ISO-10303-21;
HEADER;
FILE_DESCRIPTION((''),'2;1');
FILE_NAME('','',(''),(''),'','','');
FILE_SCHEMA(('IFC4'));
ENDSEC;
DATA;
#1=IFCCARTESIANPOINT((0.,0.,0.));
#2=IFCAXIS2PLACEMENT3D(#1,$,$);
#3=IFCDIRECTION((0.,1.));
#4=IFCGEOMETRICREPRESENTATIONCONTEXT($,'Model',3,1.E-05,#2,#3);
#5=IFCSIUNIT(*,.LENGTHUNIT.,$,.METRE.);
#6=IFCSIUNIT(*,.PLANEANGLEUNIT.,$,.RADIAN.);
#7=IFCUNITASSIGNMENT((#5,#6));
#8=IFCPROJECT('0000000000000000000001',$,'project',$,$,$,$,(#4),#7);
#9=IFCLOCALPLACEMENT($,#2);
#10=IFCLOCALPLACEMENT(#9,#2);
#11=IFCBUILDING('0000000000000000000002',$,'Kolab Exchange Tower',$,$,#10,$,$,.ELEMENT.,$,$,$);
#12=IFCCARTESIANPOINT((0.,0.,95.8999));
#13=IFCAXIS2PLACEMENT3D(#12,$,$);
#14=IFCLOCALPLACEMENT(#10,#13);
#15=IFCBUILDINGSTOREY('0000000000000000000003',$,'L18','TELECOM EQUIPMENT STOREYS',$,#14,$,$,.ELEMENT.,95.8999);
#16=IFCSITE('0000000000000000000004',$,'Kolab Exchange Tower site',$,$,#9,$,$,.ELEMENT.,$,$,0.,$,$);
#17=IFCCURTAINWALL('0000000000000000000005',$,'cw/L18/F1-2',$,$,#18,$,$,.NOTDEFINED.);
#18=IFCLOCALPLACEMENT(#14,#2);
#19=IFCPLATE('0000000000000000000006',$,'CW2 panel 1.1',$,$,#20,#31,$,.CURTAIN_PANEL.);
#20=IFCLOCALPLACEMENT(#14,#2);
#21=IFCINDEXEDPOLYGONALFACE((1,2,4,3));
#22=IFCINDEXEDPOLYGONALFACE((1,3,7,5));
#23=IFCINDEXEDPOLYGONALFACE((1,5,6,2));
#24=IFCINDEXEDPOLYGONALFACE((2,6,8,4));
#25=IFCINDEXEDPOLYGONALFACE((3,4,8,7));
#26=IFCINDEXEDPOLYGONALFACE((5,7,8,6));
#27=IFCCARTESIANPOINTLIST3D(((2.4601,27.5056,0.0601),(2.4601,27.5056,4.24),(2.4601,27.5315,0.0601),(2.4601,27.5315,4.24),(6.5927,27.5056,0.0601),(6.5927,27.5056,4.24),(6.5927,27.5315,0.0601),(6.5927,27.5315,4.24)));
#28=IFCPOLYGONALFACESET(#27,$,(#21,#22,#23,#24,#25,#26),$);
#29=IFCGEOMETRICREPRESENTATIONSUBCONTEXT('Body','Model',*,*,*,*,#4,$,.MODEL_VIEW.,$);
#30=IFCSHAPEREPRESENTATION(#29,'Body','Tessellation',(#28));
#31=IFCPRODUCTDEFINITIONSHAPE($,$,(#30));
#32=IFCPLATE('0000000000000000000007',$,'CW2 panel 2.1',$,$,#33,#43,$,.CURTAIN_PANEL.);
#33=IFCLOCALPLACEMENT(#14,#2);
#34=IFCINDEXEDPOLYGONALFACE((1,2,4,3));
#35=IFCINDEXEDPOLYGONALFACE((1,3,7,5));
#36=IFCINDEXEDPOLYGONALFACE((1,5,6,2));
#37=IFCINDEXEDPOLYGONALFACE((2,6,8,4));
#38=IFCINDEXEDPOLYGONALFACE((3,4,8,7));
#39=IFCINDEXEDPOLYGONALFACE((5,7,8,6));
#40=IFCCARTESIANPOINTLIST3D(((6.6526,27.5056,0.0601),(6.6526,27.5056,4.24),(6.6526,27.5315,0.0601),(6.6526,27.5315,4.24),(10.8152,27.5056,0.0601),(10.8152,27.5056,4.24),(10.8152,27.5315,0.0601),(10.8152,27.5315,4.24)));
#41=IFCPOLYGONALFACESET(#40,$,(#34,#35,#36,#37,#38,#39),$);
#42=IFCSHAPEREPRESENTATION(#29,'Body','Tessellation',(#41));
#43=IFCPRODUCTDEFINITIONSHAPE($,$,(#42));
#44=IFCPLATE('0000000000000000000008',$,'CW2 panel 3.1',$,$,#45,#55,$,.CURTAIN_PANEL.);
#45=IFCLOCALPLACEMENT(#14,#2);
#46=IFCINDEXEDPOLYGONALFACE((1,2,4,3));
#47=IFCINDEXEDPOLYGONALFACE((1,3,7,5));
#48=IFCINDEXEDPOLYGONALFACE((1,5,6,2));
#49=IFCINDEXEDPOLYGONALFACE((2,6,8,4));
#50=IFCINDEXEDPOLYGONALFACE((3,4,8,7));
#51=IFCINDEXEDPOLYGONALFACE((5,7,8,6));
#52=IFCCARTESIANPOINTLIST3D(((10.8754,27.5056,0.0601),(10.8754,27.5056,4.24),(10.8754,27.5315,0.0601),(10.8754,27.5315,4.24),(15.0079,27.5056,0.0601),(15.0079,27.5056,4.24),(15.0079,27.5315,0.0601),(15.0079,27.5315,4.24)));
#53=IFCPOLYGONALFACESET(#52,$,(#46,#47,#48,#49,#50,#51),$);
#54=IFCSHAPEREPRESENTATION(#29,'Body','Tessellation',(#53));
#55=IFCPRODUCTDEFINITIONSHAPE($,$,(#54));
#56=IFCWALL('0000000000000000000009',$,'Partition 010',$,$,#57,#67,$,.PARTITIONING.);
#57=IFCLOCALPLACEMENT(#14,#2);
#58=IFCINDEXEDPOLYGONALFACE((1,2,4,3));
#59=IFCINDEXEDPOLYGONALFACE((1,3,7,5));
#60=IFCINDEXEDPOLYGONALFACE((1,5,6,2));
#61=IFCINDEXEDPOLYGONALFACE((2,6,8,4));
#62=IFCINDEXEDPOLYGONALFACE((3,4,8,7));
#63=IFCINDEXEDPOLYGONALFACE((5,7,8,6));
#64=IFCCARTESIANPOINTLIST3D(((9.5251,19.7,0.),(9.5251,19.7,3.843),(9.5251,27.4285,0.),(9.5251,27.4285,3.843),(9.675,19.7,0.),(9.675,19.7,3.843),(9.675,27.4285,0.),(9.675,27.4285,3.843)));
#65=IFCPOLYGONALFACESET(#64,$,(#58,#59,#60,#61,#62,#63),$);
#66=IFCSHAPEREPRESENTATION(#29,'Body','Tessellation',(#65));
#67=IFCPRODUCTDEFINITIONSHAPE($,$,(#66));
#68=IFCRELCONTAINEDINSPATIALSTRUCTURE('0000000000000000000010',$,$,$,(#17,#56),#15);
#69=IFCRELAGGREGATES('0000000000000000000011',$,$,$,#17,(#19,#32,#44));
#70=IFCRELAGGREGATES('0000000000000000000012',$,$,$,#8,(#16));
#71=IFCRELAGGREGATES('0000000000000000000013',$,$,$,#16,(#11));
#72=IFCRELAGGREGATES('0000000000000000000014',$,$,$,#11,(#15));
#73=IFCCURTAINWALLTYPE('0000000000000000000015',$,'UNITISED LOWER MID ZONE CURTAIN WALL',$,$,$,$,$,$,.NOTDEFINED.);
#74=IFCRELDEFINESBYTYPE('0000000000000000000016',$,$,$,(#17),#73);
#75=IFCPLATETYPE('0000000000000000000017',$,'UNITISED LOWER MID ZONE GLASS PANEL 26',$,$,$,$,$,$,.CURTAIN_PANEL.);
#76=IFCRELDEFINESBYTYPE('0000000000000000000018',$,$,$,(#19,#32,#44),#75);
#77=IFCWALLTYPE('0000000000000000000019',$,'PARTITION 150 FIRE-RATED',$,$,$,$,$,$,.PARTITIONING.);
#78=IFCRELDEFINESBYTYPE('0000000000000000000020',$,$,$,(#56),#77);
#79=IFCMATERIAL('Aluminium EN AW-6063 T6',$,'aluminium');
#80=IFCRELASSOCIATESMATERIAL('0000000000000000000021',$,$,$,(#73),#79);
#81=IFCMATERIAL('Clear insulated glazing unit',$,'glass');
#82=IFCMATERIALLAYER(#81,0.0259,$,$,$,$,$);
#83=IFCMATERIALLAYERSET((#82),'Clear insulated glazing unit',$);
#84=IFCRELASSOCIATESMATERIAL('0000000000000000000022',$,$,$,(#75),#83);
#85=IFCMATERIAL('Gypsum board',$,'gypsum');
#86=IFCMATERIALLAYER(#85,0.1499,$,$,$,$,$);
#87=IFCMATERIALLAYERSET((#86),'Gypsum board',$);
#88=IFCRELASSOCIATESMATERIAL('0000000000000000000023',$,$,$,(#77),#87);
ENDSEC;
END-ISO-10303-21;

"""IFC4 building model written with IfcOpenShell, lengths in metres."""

from ifc_helpers import new_model, si_unit, direction, frame, frame_2d, origin, origin_2d, place, context, subcontext, project, spatial, rectangle, extrude, material, layer, layer_set, type_object, element, aggregate, save


model = new_model("IFC4")

# Units and contexts
model_context = context("Model", 3, precision=1e-05, world=origin(), true_north=direction((0.0, 1.0)))
body_context = subcontext(model_context, "Body", "Model", "MODEL_VIEW")
ifc_project = project(units=[si_unit("LENGTHUNIT", "METRE"), si_unit("PLANEANGLEUNIT", "RADIAN")], contexts=[model_context])

# Site, building, storey
site_placement = place(None, origin())
site = spatial("IfcSite", under=ifc_project, at=site_placement, Name="Kolab Exchange Tower site", CompositionType="ELEMENT", RefElevation=0.0)
building_placement = place(site_placement, origin())
building = spatial("IfcBuilding", under=site, at=building_placement, Name="Kolab Exchange Tower", CompositionType="ELEMENT")
storey_placement = place(building_placement, frame((0.0, 0.0, 95.8999)))
storey = spatial("IfcBuildingStorey", under=building, at=storey_placement, Name="L18", Description="TELECOM EQUIPMENT STOREYS", CompositionType="ELEMENT", Elevation=95.8999)

# Curtain wall, plates
ifc_material_1 = material(Name="Aluminium EN AW-6063 T6", Category="aluminium")
curtain_wall_type = type_object("IfcCurtainWallType", Name="UNITISED LOWER MID ZONE CURTAIN WALL", PredefinedType="NOTDEFINED", material=ifc_material_1)
curtain_wall_placement = place(storey_placement, origin())
curtain_wall = element("IfcCurtainWall", 1, at=curtain_wall_placement, inside=storey, type_object=curtain_wall_type, Name="cw/L18/F1-2", PredefinedType="NOTDEFINED")
ifc_material_2 = material(Name="Clear insulated glazing unit", Category="glass")
ifc_layer_1 = layer(ifc_material_2, 0.0259)
ifc_layer_set_1 = layer_set([ifc_layer_1], Name="Clear insulated glazing unit")
plate_type = type_object("IfcPlateType", Name="UNITISED LOWER MID ZONE GLASS PANEL 26", PredefinedType="CURTAIN_PANEL", material=ifc_layer_set_1)
plate_1_placement = place(storey_placement, frame((4.5264, 27.5186, 0.0601), z_axis=(0.0, 0.0, 1.0), x_axis=(1.0, 0.0, 0.0)))
plate_1 = element("IfcPlate", 2, at=plate_1_placement, type_object=plate_type, Name="CW2 panel 1.1", PredefinedType="CURTAIN_PANEL", context=body_context, shape_type="SweptSolid", body=[
    extrude(rectangle(XDim=4.1326, YDim=0.0259, at=origin_2d()), origin(), (0.0, 0.0, 1.0), 4.1799),
])
plate_2_placement = place(storey_placement, frame((8.7339, 27.5186, 0.0601), z_axis=(0.0, 0.0, 1.0), x_axis=(1.0, 0.0, 0.0)))
plate_2 = element("IfcPlate", 3, at=plate_2_placement, type_object=plate_type, Name="CW2 panel 2.1", PredefinedType="CURTAIN_PANEL", context=body_context, shape_type="SweptSolid", body=[
    extrude(rectangle(XDim=4.1626, YDim=0.0259, at=origin_2d()), origin(), (0.0, 0.0, 1.0), 4.1799),
])
plate_3_placement = place(storey_placement, frame((12.9417, 27.5186, 0.0601), z_axis=(0.0, 0.0, 1.0), x_axis=(1.0, 0.0, 0.0)))
plate_3 = element("IfcPlate", 4, at=plate_3_placement, type_object=plate_type, Name="CW2 panel 3.1", PredefinedType="CURTAIN_PANEL", context=body_context, shape_type="SweptSolid", body=[
    extrude(rectangle(XDim=4.1326, YDim=0.0259, at=origin_2d()), origin(), (0.0, 0.0, 1.0), 4.1799),
])
aggregate(curtain_wall, [plate_1, plate_2, plate_3])

# Wall
ifc_material_3 = material(Name="Gypsum board", Category="gypsum")
ifc_layer_2 = layer(ifc_material_3, 0.1499)
ifc_layer_set_2 = layer_set([ifc_layer_2], Name="Gypsum board")
wall_type = type_object("IfcWallType", Name="PARTITION 150 FIRE-RATED", PredefinedType="PARTITIONING", material=ifc_layer_set_2)
wall_placement = place(storey_placement, frame((9.6001, 19.7, 0.0), z_axis=(0.0, 0.0, 1.0), x_axis=(0.0, 1.0, 0.0)))
element("IfcWall", 5, at=wall_placement, inside=storey, type_object=wall_type, Name="Partition 010", PredefinedType="PARTITIONING", context=body_context, shape_type="SweptSolid", body=[
    extrude(rectangle(XDim=7.7285, YDim=0.1499, at=frame_2d((3.8643, 0.0))), origin(), (0.0, 0.0, 1.0), 3.843),
])

save(model, "model.ifc")
